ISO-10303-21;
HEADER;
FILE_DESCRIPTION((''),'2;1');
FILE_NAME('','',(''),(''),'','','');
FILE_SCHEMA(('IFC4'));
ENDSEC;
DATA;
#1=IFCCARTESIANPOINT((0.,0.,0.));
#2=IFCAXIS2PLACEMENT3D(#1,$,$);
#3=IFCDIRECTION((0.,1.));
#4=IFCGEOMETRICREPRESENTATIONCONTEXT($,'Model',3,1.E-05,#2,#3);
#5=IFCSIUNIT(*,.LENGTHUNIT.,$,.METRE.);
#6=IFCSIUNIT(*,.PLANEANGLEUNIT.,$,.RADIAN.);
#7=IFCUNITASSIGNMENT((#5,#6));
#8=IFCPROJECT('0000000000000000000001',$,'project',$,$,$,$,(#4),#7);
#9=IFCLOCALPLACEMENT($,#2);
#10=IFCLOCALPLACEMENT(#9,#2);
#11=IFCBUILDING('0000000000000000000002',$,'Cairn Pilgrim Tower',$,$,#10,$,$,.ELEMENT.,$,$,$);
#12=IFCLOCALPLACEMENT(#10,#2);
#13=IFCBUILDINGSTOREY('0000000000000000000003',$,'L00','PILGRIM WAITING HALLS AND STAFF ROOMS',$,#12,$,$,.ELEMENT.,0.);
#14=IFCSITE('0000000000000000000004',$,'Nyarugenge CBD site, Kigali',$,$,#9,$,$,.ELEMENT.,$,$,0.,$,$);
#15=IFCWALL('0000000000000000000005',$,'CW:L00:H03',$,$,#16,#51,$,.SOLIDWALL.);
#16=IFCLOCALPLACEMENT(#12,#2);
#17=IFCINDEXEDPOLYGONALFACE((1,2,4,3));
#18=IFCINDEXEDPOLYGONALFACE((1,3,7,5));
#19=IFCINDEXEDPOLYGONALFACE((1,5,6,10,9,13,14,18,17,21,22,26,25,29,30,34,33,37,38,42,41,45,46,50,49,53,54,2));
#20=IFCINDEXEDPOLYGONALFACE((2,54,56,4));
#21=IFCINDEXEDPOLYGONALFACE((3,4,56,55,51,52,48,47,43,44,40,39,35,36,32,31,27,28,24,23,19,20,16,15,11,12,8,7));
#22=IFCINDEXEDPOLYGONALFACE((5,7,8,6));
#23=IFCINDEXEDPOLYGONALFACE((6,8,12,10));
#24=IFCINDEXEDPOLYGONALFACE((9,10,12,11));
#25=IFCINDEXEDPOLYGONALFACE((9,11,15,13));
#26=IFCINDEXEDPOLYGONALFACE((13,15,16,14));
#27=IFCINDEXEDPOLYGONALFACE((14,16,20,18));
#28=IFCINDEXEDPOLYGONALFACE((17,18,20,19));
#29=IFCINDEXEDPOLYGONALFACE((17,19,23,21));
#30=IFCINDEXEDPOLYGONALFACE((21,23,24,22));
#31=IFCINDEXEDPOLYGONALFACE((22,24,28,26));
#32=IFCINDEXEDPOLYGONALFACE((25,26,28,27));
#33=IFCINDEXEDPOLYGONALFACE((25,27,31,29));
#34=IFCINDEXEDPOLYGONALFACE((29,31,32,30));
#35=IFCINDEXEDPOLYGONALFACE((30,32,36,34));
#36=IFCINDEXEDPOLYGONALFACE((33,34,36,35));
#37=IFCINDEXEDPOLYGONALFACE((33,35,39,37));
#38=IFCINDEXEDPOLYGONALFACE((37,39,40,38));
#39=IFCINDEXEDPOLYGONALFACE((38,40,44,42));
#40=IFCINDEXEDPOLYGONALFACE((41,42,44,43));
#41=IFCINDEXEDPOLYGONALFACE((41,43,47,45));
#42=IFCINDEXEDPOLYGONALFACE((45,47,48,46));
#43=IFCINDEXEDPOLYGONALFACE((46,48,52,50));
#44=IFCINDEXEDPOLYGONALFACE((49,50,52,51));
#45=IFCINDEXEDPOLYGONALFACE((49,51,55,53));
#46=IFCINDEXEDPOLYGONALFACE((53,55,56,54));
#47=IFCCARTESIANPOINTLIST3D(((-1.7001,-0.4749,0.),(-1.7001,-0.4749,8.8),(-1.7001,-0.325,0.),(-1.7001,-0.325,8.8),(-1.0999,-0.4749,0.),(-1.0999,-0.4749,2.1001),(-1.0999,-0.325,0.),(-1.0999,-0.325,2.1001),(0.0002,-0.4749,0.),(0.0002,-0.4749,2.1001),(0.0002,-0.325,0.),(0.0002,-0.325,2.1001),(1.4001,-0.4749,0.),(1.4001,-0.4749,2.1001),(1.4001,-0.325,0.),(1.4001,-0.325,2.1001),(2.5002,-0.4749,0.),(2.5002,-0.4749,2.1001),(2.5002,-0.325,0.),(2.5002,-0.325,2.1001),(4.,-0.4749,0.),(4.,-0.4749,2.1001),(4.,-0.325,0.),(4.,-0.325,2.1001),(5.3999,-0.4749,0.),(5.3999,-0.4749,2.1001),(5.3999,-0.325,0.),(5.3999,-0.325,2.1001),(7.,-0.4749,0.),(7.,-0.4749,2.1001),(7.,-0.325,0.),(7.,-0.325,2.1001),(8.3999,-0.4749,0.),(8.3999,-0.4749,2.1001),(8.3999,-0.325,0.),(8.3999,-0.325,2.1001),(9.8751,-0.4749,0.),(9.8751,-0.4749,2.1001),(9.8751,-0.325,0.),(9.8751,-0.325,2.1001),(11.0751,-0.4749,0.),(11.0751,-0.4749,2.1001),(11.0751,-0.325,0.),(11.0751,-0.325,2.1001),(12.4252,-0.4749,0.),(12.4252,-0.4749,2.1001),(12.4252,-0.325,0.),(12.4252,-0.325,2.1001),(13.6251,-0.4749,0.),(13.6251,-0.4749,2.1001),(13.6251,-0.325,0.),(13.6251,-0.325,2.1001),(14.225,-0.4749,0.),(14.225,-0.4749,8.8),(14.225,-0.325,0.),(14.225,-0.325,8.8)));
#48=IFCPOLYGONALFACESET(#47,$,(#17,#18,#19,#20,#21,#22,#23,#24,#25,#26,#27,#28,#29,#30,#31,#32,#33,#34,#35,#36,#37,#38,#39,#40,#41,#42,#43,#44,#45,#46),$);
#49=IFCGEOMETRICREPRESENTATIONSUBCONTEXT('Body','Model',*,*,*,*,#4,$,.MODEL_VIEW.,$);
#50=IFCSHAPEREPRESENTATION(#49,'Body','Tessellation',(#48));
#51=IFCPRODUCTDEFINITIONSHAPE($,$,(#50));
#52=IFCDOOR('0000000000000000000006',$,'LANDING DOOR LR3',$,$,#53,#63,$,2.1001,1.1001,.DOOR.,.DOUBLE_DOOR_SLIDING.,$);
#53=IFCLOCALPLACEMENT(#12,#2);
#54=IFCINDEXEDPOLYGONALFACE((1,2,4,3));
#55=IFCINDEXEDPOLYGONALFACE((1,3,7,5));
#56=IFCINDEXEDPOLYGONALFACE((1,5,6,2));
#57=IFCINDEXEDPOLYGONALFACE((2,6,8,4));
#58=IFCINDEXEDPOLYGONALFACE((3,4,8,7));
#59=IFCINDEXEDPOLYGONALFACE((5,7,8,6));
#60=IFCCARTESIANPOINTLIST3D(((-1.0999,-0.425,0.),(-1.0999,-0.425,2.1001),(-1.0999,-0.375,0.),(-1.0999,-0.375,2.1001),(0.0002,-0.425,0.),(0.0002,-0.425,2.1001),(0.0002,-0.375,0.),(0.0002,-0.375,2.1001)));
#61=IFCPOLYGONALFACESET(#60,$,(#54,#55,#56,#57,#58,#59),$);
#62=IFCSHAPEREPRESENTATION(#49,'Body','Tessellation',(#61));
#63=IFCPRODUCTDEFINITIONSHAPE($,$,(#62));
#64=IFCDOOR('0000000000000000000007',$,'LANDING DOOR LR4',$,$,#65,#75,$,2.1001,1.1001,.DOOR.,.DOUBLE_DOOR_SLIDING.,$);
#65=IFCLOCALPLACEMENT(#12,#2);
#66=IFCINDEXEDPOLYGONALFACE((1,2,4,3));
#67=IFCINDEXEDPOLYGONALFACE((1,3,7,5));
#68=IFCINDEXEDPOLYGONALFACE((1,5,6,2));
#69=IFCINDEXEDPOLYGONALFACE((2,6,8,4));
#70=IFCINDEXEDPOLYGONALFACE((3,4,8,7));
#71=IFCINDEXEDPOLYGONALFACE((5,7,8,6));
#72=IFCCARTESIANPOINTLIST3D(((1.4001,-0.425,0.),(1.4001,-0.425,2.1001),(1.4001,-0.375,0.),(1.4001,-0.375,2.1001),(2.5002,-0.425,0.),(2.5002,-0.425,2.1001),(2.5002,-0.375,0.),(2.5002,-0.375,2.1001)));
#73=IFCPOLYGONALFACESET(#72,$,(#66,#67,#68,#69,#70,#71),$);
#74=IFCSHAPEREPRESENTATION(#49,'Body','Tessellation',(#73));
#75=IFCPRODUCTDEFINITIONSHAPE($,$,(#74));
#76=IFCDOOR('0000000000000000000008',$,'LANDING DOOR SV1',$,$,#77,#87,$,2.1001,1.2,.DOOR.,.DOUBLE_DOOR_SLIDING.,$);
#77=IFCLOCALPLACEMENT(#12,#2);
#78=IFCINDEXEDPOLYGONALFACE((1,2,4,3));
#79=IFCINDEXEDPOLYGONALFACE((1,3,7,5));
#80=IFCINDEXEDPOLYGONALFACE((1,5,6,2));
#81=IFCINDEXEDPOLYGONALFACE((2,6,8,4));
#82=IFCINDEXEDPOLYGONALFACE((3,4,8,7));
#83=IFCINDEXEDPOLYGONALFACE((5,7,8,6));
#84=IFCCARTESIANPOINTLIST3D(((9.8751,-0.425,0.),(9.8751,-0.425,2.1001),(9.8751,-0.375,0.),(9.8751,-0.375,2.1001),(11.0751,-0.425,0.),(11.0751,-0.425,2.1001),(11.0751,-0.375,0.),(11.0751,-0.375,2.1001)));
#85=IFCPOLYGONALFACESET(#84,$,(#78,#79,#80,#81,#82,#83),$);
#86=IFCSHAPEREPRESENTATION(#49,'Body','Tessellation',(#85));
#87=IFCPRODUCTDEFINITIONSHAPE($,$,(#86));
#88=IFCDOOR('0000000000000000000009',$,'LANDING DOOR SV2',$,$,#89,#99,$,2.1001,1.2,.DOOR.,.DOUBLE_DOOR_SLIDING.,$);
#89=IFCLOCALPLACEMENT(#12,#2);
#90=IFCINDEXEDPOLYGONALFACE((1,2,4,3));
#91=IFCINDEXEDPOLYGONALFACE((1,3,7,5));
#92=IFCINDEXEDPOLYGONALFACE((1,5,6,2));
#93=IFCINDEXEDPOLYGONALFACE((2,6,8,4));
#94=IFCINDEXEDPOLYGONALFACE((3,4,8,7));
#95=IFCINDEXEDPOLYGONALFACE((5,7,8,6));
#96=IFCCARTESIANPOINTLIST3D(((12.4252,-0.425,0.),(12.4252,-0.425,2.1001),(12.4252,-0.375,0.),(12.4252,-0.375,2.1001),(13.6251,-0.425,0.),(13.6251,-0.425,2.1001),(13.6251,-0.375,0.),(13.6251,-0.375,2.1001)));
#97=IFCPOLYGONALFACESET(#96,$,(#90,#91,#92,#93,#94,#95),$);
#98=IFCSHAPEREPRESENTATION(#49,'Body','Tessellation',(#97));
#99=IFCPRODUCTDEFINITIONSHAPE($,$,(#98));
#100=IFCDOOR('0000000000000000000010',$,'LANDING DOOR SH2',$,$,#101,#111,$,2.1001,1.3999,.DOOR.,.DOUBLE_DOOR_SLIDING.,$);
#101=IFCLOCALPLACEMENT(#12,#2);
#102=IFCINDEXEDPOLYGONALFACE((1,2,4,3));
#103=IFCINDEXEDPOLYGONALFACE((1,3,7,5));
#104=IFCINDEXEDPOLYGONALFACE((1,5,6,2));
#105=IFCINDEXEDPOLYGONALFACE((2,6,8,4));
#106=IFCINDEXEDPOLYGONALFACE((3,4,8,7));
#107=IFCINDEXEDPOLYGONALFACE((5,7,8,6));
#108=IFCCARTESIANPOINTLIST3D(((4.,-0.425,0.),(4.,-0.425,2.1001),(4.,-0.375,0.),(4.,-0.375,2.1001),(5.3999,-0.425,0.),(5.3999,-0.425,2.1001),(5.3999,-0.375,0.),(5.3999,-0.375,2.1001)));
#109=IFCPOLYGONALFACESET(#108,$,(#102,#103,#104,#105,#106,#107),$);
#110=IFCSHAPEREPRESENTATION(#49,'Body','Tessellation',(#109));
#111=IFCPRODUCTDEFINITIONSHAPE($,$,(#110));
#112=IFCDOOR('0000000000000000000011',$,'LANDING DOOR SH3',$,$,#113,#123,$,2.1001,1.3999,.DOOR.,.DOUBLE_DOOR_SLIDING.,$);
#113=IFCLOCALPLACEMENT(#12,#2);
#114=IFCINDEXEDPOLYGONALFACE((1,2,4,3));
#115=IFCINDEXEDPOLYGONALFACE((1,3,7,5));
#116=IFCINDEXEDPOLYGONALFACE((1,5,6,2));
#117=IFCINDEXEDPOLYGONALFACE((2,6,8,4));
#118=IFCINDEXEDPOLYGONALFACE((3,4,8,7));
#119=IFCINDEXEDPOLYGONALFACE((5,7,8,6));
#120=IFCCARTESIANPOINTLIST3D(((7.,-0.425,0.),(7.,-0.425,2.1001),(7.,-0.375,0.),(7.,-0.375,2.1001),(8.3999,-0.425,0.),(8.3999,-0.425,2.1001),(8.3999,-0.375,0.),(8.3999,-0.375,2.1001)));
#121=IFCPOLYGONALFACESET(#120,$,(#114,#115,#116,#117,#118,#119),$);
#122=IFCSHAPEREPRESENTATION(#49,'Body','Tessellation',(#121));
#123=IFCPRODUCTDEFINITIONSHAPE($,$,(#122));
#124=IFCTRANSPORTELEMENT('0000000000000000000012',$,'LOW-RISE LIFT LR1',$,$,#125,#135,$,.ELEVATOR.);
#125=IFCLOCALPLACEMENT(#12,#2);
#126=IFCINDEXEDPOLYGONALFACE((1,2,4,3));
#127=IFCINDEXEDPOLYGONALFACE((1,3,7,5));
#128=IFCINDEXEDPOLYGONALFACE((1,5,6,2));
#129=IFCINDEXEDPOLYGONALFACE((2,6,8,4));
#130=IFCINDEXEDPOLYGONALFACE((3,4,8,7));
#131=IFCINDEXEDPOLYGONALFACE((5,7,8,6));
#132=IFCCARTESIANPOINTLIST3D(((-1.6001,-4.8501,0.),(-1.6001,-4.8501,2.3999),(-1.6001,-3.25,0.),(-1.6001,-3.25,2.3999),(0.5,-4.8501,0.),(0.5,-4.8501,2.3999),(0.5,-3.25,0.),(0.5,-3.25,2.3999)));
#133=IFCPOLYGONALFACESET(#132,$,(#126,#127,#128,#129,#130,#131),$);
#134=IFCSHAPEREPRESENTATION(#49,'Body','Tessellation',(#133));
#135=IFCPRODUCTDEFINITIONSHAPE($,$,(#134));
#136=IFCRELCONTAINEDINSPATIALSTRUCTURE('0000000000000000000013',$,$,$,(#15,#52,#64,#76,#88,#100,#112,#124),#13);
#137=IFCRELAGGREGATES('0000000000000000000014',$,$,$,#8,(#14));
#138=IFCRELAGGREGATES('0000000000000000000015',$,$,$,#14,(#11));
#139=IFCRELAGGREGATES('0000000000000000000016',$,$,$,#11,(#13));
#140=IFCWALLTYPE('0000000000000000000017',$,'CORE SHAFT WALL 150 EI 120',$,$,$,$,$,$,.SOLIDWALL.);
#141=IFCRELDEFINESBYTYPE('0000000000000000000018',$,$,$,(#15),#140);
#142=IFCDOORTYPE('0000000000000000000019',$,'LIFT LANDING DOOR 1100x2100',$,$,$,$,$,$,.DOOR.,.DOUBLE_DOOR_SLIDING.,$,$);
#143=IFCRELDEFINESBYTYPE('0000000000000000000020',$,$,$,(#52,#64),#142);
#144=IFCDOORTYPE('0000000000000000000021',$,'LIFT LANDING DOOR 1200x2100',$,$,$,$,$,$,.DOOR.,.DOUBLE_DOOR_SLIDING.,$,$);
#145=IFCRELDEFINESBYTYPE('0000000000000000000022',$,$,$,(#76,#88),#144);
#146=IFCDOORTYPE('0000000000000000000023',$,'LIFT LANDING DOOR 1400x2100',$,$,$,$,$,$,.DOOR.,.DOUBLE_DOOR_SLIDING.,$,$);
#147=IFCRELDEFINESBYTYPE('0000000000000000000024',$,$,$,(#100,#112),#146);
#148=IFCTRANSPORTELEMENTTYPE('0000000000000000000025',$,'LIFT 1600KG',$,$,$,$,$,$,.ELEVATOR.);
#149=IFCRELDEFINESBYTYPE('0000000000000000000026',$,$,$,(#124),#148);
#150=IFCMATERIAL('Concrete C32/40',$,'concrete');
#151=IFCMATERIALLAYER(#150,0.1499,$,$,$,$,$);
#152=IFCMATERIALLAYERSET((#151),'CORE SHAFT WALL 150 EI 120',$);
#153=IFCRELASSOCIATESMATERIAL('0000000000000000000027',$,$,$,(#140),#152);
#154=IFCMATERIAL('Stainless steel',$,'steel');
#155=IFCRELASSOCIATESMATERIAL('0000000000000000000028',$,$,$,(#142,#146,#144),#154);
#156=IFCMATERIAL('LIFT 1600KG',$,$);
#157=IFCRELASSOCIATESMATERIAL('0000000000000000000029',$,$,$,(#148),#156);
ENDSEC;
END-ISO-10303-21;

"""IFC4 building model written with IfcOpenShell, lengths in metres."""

from ifc_helpers import new_model, si_unit, direction, frame, frame_2d, origin, origin_2d, place, context, subcontext, project, spatial, rectangle, extrude, material, layer, layer_set, type_object, element, fill, save


model = new_model("IFC4")

# Units and contexts
model_context = context("Model", 3, precision=1e-05, world=origin(), true_north=direction((0.0, 1.0)))
body_context = subcontext(model_context, "Body", "Model", "MODEL_VIEW")
ifc_project = project(units=[si_unit("LENGTHUNIT", "METRE"), si_unit("PLANEANGLEUNIT", "RADIAN")], contexts=[model_context])

# Site, building, storey
site_placement = place(None, origin())
site = spatial("IfcSite", under=ifc_project, at=site_placement, Name="Nyarugenge CBD site, Kigali", CompositionType="ELEMENT", RefElevation=0.0)
building_placement = place(site_placement, origin())
building = spatial("IfcBuilding", under=site, at=building_placement, Name="Cairn Pilgrim Tower", CompositionType="ELEMENT")
storey_placement = place(building_placement, origin())
storey = spatial("IfcBuildingStorey", under=building, at=storey_placement, Name="L00", Description="PILGRIM WAITING HALLS AND STAFF ROOMS", CompositionType="ELEMENT", Elevation=0.0)

# Shared definitions
ifc_material_1 = material(Name="Concrete C32/40", Category="concrete")

# Wall, openings, doors
ifc_layer_1 = layer(ifc_material_1, 0.1499)
ifc_layer_set_1 = layer_set([ifc_layer_1], Name="CORE SHAFT WALL 150 EI 120")
wall_type_1 = type_object("IfcWallType", Name="CORE SHAFT WALL 150 EI 120", PredefinedType="SOLIDWALL", material=ifc_layer_set_1)
ifc_material_2 = material(Name="Stainless steel", Category="steel")
door_type_1 = type_object("IfcDoorType", Name="LIFT LANDING DOOR 1100x2100", OperationType="DOUBLE_DOOR_SLIDING", PredefinedType="DOOR", material=ifc_material_2)
door_type_2 = type_object("IfcDoorType", Name="LIFT LANDING DOOR 1400x2100", OperationType="DOUBLE_DOOR_SLIDING", PredefinedType="DOOR", material=ifc_material_2)
wall_1_placement = place(storey_placement, frame((-1.7, -0.3999, 0.0), z_axis=(0.0, 0.0, 1.0), x_axis=(1.0, 0.0, 0.0)))
wall_1 = element("IfcWall", 1, at=wall_1_placement, inside=storey, type_object=wall_type_1, Name="CW:L00:H03", PredefinedType="SOLIDWALL", context=body_context, shape_type="SweptSolid", body=[
    extrude(rectangle(XDim=15.925, YDim=0.1499, at=frame_2d((7.9624, 0.0))), origin(), (0.0, 0.0, 1.0), 8.8),
])
opening_1_placement = place(wall_1_placement, frame((0.6001, 0.0, 0.0)))
opening_1 = element("IfcOpeningElement", 2, at=opening_1_placement, cuts=wall_1, PredefinedType="OPENING", context=body_context, shape_type="SweptSolid", body=[
    extrude(rectangle(XDim=1.1001, YDim=2.1001, at=frame_2d((0.55, 1.05))), frame((0.0, 0.085, 0.0), z_axis=(0.0, -1.0, 0.0), x_axis=(1.0, 0.0, 0.0)), (0.0, 0.0, 1.0), 0.1699),
])
opening_2_placement = place(wall_1_placement, frame((3.1001, 0.0, 0.0)))
opening_2 = element("IfcOpeningElement", 3, at=opening_2_placement, cuts=wall_1, PredefinedType="OPENING", context=body_context, shape_type="SweptSolid", body=[
    extrude(rectangle(XDim=1.1001, YDim=2.1001, at=frame_2d((0.55, 1.05))), frame((0.0, 0.085, 0.0), z_axis=(0.0, -1.0, 0.0), x_axis=(1.0, 0.0, 0.0)), (0.0, 0.0, 1.0), 0.1699),
])
opening_3_placement = place(wall_1_placement, frame((5.7, 0.0, 0.0)))
opening_3 = element("IfcOpeningElement", 4, at=opening_3_placement, cuts=wall_1, PredefinedType="OPENING", context=body_context, shape_type="SweptSolid", body=[
    extrude(rectangle(XDim=1.3999, YDim=2.1001, at=frame_2d((0.7, 1.05))), frame((0.0, 0.085, 0.0), z_axis=(0.0, -1.0, 0.0), x_axis=(1.0, 0.0, 0.0)), (0.0, 0.0, 1.0), 0.1699),
])
opening_4_placement = place(wall_1_placement, frame((8.7, 0.0, 0.0)))
opening_4 = element("IfcOpeningElement", 5, at=opening_4_placement, cuts=wall_1, PredefinedType="OPENING", context=body_context, shape_type="SweptSolid", body=[
    extrude(rectangle(XDim=1.3999, YDim=2.1001, at=frame_2d((0.7, 1.05))), frame((0.0, 0.085, 0.0), z_axis=(0.0, -1.0, 0.0), x_axis=(1.0, 0.0, 0.0)), (0.0, 0.0, 1.0), 0.1699),
])
opening_5_placement = place(wall_1_placement, frame((11.575, 0.0, 0.0)))
opening_5 = element("IfcOpeningElement", 6, at=opening_5_placement, cuts=wall_1, PredefinedType="OPENING", context=body_context, shape_type="SweptSolid", body=[
    extrude(rectangle(XDim=1.2, YDim=2.1001, at=frame_2d((0.6001, 1.05))), frame((0.0, 0.085, 0.0), z_axis=(0.0, -1.0, 0.0), x_axis=(1.0, 0.0, 0.0)), (0.0, 0.0, 1.0), 0.1699),
])
opening_6_placement = place(wall_1_placement, frame((14.125, 0.0, 0.0)))
opening_6 = element("IfcOpeningElement", 7, at=opening_6_placement, cuts=wall_1, PredefinedType="OPENING", context=body_context, shape_type="SweptSolid", body=[
    extrude(rectangle(XDim=1.2, YDim=2.1001, at=frame_2d((0.6001, 1.05))), frame((0.0, 0.085, 0.0), z_axis=(0.0, -1.0, 0.0), x_axis=(1.0, 0.0, 0.0)), (0.0, 0.0, 1.0), 0.1699),
])
door_1_placement = place(opening_1_placement, origin())
door_1 = element("IfcDoor", 8, at=door_1_placement, inside=storey, type_object=door_type_1, Name="LANDING DOOR LR3", OperationType="DOUBLE_DOOR_SLIDING", OverallHeight=2.1001, OverallWidth=1.1001, PredefinedType="DOOR", context=body_context, shape_type="SweptSolid", body=[
    extrude(rectangle(XDim=1.1001, YDim=2.1001, at=frame_2d((0.55, 1.05))), frame((0.0, 0.0249, 0.0), z_axis=(0.0, -1.0, 0.0), x_axis=(1.0, 0.0, 0.0)), (0.0, 0.0, 1.0), 0.05),
])
fill(opening_1, door_1)
door_2_placement = place(opening_2_placement, origin())
door_2 = element("IfcDoor", 9, at=door_2_placement, inside=storey, type_object=door_type_1, Name="LANDING DOOR LR4", OperationType="DOUBLE_DOOR_SLIDING", OverallHeight=2.1001, OverallWidth=1.1001, PredefinedType="DOOR", context=body_context, shape_type="SweptSolid", body=[
    extrude(rectangle(XDim=1.1001, YDim=2.1001, at=frame_2d((0.55, 1.05))), frame((0.0, 0.0249, 0.0), z_axis=(0.0, -1.0, 0.0), x_axis=(1.0, 0.0, 0.0)), (0.0, 0.0, 1.0), 0.05),
])
fill(opening_2, door_2)
door_type_3 = type_object("IfcDoorType", Name="LIFT LANDING DOOR 1200x2100", OperationType="DOUBLE_DOOR_SLIDING", PredefinedType="DOOR", material=ifc_material_2)
door_3_placement = place(opening_5_placement, origin())
door_3 = element("IfcDoor", 10, at=door_3_placement, inside=storey, type_object=door_type_3, Name="LANDING DOOR SV1", OperationType="DOUBLE_DOOR_SLIDING", OverallHeight=2.1001, OverallWidth=1.2, PredefinedType="DOOR", context=body_context, shape_type="SweptSolid", body=[
    extrude(rectangle(XDim=1.2, YDim=2.1001, at=frame_2d((0.6001, 1.05))), frame((0.0, 0.0249, 0.0), z_axis=(0.0, -1.0, 0.0), x_axis=(1.0, 0.0, 0.0)), (0.0, 0.0, 1.0), 0.05),
])
fill(opening_5, door_3)
door_4_placement = place(opening_6_placement, origin())
door_4 = element("IfcDoor", 11, at=door_4_placement, inside=storey, type_object=door_type_3, Name="LANDING DOOR SV2", OperationType="DOUBLE_DOOR_SLIDING", OverallHeight=2.1001, OverallWidth=1.2, PredefinedType="DOOR", context=body_context, shape_type="SweptSolid", body=[
    extrude(rectangle(XDim=1.2, YDim=2.1001, at=frame_2d((0.6001, 1.05))), frame((0.0, 0.0249, 0.0), z_axis=(0.0, -1.0, 0.0), x_axis=(1.0, 0.0, 0.0)), (0.0, 0.0, 1.0), 0.05),
])
fill(opening_6, door_4)
door_5_placement = place(opening_3_placement, origin())
door_5 = element("IfcDoor", 12, at=door_5_placement, inside=storey, type_object=door_type_2, Name="LANDING DOOR SH2", OperationType="DOUBLE_DOOR_SLIDING", OverallHeight=2.1001, OverallWidth=1.3999, PredefinedType="DOOR", context=body_context, shape_type="SweptSolid", body=[
    extrude(rectangle(XDim=1.3999, YDim=2.1001, at=frame_2d((0.7, 1.05))), frame((0.0, 0.0249, 0.0), z_axis=(0.0, -1.0, 0.0), x_axis=(1.0, 0.0, 0.0)), (0.0, 0.0, 1.0), 0.05),
])
fill(opening_3, door_5)
door_6_placement = place(opening_4_placement, origin())
door_6 = element("IfcDoor", 13, at=door_6_placement, inside=storey, type_object=door_type_2, Name="LANDING DOOR SH3", OperationType="DOUBLE_DOOR_SLIDING", OverallHeight=2.1001, OverallWidth=1.3999, PredefinedType="DOOR", context=body_context, shape_type="SweptSolid", body=[
    extrude(rectangle(XDim=1.3999, YDim=2.1001, at=frame_2d((0.7, 1.05))), frame((0.0, 0.0249, 0.0), z_axis=(0.0, -1.0, 0.0), x_axis=(1.0, 0.0, 0.0)), (0.0, 0.0, 1.0), 0.05),
])
fill(opening_4, door_6)

# Transport element
ifc_material_3 = material(Name="LIFT 1600KG")
transport_element_type = type_object("IfcTransportElementType", Name="LIFT 1600KG", PredefinedType="ELEVATOR", material=ifc_material_3)
transport_element_placement = place(storey_placement, frame((-0.55, -4.05, 0.0), z_axis=(0.0, 0.0, 1.0), x_axis=(1.0, 0.0, 0.0)))
element("IfcTransportElement", 14, at=transport_element_placement, inside=storey, type_object=transport_element_type, Name="LOW-RISE LIFT LR1", PredefinedType="ELEVATOR", context=body_context, shape_type="SweptSolid", body=[
    extrude(rectangle(XDim=2.1001, YDim=1.6001, at=origin_2d()), origin(), (0.0, 0.0, 1.0), 2.3999),
])

save(model, "model.ifc")
